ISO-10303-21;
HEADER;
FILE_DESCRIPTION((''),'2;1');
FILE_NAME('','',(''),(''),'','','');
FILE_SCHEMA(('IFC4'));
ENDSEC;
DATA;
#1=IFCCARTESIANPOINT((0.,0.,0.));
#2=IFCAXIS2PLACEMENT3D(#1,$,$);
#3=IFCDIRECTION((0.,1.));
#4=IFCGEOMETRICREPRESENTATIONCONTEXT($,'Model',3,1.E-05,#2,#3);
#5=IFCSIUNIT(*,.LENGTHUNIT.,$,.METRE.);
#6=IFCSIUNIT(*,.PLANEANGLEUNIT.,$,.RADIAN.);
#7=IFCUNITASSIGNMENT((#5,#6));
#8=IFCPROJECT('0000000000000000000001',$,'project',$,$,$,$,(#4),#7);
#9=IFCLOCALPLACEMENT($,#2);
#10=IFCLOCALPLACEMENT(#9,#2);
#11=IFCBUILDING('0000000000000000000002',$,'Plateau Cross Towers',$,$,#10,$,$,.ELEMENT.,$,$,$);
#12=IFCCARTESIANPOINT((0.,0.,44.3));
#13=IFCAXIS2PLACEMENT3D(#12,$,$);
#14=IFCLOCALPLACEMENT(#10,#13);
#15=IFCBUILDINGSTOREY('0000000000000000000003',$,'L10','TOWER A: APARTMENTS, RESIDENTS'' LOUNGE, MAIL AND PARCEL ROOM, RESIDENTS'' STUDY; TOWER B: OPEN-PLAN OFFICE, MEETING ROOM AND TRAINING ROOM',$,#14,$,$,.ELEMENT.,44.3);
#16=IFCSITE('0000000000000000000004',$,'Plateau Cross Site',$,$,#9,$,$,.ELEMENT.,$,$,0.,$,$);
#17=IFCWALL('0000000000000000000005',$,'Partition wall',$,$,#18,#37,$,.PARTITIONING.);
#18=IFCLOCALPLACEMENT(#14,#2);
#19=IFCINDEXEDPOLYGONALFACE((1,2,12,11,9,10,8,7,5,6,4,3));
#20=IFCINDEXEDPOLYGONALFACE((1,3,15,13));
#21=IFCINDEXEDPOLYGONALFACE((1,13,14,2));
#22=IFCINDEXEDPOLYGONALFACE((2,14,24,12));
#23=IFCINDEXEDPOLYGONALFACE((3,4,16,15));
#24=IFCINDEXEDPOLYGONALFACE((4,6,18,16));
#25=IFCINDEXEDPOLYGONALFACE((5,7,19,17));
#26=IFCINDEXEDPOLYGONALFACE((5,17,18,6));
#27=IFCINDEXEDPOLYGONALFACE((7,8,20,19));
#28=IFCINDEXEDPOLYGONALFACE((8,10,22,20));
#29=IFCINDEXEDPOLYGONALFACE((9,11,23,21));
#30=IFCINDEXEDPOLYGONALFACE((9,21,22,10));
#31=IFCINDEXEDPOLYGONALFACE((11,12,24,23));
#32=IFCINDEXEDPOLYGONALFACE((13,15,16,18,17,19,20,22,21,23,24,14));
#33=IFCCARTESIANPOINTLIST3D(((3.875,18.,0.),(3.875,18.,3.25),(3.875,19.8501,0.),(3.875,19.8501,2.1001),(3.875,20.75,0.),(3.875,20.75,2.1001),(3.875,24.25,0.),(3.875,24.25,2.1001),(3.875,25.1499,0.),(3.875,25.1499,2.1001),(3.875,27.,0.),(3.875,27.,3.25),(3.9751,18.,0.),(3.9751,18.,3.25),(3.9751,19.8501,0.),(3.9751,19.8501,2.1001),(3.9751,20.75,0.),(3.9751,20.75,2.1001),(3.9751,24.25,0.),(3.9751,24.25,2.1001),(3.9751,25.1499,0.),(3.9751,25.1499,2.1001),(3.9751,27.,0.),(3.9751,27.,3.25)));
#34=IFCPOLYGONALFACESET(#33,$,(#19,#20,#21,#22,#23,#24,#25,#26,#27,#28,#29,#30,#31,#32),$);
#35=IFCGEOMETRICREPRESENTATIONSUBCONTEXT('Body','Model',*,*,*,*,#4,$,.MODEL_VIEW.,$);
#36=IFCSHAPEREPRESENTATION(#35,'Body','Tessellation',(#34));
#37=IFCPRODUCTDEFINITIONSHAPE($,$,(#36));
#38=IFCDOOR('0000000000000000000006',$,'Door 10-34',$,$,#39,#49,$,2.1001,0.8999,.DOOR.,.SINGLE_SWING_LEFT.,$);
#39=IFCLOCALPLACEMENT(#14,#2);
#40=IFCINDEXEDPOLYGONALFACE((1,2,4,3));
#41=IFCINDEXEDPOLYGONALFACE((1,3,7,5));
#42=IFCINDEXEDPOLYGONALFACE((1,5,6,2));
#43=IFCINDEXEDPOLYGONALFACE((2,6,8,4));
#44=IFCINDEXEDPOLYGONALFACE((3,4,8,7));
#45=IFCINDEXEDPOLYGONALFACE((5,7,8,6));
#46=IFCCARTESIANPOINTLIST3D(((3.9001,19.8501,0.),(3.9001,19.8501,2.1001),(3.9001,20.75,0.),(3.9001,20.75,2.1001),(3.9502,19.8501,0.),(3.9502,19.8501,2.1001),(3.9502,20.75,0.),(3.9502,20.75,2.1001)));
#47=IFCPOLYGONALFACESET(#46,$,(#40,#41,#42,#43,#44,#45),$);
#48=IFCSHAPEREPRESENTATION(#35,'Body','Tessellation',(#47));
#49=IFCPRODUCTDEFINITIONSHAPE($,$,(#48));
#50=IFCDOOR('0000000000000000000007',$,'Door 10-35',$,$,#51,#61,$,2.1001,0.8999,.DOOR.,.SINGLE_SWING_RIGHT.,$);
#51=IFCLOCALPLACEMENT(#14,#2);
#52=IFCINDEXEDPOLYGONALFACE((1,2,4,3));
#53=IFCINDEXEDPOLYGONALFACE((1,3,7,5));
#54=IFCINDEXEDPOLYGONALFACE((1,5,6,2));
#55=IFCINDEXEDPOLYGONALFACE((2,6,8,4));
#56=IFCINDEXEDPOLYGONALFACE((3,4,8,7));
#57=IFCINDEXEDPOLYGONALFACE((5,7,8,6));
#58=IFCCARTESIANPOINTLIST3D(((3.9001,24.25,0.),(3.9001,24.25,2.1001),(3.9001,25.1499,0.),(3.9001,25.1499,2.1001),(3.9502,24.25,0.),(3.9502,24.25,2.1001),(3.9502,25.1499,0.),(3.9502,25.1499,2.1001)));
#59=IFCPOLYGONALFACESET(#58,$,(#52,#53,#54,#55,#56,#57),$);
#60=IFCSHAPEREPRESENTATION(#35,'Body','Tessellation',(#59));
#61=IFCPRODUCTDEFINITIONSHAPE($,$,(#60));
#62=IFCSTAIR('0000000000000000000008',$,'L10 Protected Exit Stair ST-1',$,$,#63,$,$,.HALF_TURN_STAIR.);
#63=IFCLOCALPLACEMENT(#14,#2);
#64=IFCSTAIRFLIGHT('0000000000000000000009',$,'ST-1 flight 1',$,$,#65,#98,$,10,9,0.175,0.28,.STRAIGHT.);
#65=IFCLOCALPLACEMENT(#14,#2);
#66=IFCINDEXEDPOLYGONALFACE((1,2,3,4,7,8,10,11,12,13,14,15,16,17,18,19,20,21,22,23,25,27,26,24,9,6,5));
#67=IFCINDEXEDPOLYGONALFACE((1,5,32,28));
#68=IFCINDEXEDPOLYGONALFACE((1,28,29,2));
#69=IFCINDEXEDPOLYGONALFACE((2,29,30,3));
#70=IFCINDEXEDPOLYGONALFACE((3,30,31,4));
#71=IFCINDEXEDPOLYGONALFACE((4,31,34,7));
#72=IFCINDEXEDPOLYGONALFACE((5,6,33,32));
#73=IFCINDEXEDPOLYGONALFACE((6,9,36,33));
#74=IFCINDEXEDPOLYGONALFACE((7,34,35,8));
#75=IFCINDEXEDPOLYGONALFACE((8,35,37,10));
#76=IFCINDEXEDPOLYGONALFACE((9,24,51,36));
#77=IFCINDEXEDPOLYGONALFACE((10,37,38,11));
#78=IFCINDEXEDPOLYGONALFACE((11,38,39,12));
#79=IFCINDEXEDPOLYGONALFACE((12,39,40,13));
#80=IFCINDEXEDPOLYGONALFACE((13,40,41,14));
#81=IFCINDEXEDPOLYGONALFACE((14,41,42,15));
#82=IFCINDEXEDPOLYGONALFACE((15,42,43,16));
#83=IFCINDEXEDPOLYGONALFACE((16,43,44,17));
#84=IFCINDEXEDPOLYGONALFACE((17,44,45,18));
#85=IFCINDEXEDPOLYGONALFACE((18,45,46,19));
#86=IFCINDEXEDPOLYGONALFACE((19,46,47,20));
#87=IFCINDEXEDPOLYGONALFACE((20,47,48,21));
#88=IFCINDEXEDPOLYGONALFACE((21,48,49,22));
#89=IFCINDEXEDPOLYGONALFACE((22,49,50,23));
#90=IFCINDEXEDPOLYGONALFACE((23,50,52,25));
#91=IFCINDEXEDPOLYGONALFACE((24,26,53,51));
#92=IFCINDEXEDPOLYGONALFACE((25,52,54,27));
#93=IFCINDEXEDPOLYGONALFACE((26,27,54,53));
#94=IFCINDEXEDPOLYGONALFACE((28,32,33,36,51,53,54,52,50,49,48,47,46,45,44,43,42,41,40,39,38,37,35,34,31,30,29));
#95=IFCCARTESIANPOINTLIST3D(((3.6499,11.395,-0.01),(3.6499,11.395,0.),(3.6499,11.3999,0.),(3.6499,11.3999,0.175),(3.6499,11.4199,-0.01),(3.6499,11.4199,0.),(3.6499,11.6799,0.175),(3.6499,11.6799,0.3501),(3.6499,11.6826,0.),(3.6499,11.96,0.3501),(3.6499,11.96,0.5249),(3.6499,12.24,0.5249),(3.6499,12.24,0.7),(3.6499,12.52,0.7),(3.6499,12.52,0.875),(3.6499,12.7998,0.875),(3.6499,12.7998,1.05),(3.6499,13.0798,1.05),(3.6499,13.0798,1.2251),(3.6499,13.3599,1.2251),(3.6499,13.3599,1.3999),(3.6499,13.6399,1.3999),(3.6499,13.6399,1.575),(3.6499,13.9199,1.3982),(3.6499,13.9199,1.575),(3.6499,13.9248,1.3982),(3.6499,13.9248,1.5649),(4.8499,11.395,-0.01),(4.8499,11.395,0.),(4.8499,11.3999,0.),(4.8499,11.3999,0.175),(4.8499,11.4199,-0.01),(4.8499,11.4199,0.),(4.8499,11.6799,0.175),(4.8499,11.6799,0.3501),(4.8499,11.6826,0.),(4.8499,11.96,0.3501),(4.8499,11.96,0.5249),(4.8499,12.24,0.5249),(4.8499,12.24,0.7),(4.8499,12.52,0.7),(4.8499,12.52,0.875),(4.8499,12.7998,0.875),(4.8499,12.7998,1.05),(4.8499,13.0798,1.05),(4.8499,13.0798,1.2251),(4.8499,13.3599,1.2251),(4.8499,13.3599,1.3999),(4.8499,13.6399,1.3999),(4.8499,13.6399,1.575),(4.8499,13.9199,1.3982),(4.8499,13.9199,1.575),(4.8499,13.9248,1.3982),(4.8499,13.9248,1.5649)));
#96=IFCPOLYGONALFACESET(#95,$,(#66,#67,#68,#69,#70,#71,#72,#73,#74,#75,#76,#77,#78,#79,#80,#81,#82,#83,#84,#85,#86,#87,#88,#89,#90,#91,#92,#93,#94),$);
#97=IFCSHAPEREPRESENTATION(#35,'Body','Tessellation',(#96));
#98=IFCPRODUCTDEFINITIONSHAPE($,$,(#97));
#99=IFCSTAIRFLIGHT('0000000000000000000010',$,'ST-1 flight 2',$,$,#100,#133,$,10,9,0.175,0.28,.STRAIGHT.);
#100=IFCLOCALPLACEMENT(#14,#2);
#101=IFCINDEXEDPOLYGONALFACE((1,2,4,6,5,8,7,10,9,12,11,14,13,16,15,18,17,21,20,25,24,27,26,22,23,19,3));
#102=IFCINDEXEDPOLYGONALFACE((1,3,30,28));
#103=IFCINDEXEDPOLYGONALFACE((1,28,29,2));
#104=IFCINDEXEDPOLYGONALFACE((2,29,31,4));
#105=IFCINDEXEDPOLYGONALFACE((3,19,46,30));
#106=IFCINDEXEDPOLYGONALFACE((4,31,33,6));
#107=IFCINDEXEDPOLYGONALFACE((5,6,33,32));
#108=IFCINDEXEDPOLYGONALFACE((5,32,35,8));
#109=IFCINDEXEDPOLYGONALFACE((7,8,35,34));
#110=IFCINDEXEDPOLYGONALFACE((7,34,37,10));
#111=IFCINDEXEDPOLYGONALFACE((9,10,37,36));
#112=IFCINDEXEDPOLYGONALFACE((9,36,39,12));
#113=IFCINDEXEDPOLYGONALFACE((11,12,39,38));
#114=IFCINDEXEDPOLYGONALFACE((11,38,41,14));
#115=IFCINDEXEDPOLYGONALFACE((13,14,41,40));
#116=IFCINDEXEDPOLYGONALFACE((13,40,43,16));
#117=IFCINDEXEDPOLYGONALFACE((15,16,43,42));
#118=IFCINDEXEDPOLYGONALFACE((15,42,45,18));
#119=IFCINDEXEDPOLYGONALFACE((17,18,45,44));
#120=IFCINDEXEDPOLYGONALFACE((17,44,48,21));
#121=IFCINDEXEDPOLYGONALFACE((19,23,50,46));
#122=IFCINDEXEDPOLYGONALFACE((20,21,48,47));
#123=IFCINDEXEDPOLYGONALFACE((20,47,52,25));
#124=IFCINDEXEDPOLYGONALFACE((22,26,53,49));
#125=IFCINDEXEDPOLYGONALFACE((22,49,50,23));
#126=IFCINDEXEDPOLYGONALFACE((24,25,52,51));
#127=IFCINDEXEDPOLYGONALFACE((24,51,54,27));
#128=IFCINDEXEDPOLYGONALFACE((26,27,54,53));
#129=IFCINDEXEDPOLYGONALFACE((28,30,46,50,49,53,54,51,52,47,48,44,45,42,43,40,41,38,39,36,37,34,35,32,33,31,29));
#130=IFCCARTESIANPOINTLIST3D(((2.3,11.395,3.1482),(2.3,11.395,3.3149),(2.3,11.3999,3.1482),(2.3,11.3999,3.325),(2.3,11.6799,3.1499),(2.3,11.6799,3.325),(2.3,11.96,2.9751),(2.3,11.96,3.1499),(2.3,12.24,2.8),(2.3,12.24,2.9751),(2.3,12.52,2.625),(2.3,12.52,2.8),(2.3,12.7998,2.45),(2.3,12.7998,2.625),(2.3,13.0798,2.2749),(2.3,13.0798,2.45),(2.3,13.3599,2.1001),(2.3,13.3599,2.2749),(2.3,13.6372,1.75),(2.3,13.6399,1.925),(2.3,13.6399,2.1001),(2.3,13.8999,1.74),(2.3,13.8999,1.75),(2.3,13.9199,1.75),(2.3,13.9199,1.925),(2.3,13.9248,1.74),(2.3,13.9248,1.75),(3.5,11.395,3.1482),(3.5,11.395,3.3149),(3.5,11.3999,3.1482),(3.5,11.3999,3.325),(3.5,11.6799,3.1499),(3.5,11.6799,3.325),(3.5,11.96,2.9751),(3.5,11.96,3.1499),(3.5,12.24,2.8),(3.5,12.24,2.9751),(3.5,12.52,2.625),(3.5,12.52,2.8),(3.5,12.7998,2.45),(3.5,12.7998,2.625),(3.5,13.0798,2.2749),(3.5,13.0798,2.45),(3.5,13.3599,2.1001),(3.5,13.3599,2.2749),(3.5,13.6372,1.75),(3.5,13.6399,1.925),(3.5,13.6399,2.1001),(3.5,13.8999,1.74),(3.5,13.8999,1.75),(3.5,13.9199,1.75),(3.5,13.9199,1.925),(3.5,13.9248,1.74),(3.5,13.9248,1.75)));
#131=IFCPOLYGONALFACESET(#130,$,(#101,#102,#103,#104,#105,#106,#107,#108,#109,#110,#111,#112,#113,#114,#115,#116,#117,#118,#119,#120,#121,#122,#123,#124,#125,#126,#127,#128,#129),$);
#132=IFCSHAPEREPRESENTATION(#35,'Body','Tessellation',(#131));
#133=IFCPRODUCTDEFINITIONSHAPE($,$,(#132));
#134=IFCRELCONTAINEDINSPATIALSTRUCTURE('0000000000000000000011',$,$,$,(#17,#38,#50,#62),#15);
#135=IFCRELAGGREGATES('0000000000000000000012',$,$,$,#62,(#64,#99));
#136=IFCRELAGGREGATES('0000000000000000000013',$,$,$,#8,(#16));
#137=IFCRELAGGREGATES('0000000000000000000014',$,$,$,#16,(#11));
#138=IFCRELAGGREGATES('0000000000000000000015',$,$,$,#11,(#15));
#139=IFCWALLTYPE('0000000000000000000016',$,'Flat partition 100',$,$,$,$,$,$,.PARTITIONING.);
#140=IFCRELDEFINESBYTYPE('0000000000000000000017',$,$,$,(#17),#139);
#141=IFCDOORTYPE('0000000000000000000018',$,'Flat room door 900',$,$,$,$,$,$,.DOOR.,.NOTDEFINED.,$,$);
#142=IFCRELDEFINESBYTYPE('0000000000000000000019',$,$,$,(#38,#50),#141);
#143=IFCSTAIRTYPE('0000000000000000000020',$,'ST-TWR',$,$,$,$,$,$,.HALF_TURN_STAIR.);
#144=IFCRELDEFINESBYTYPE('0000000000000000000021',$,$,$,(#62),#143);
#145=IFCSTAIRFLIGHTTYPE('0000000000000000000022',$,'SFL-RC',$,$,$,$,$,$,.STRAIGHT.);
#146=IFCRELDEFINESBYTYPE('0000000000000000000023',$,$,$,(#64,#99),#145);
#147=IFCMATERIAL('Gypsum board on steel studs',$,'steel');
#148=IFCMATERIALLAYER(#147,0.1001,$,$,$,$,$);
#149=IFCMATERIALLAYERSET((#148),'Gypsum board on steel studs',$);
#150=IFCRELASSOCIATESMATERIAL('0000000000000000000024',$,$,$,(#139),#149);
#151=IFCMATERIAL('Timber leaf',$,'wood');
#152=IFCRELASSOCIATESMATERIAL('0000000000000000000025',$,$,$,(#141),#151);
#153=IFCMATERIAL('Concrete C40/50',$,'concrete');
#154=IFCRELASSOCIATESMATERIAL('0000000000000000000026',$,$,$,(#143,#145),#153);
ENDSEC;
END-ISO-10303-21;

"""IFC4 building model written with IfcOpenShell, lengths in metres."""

from ifc_helpers import new_model, si_unit, direction, frame, frame_2d, origin, place, context, subcontext, project, spatial, polyline, rectangle, outline, extrude, material, layer, layer_set, type_object, element, fill, aggregate, save


model = new_model("IFC4")

# Units and contexts
model_context = context("Model", 3, precision=1e-05, world=origin(), true_north=direction((0.0, 1.0)))
body_context = subcontext(model_context, "Body", "Model", "MODEL_VIEW")
ifc_project = project(units=[si_unit("LENGTHUNIT", "METRE"), si_unit("PLANEANGLEUNIT", "RADIAN")], contexts=[model_context])

# Site, building, storey
site_placement = place(None, origin())
site = spatial("IfcSite", under=ifc_project, at=site_placement, Name="Plateau Cross Site", CompositionType="ELEMENT", RefElevation=0.0)
building_placement = place(site_placement, origin())
building = spatial("IfcBuilding", under=site, at=building_placement, Name="Plateau Cross Towers", CompositionType="ELEMENT")
storey_placement = place(building_placement, frame((0.0, 0.0, 44.3)))
storey = spatial("IfcBuildingStorey", under=building, at=storey_placement, Name="L10", Description="TOWER A: APARTMENTS, RESIDENTS' LOUNGE, MAIL AND PARCEL ROOM, RESIDENTS' STUDY; TOWER B: OPEN-PLAN OFFICE, MEETING ROOM AND TRAINING ROOM", CompositionType="ELEMENT", Elevation=44.3)

# Wall, openings, doors
ifc_material_1 = material(Name="Gypsum board on steel studs", Category="steel")
ifc_layer_1 = layer(ifc_material_1, 0.1001)
ifc_layer_set_1 = layer_set([ifc_layer_1], Name="Gypsum board on steel studs")
wall_type_1 = type_object("IfcWallType", Name="Flat partition 100", PredefinedType="PARTITIONING", material=ifc_layer_set_1)
wall_1_placement = place(storey_placement, frame((3.925, 18.0, 0.0), z_axis=(0.0, 0.0, 1.0), x_axis=(0.0, 1.0, 0.0)))
wall_1 = element("IfcWall", 1, at=wall_1_placement, inside=storey, type_object=wall_type_1, Name="Partition wall", PredefinedType="PARTITIONING", context=body_context, shape_type="SweptSolid", body=[
    extrude(rectangle(XDim=9.0, YDim=0.1001, at=frame_2d((4.5, 0.0))), origin(), (0.0, 0.0, 1.0), 3.25),
])
opening_1_placement = place(wall_1_placement, frame((1.8501, 0.0, 0.0)))
opening_1 = element("IfcOpeningElement", 2, at=opening_1_placement, cuts=wall_1, PredefinedType="OPENING", context=body_context, shape_type="SweptSolid", body=[
    extrude(rectangle(XDim=0.8999, YDim=2.1001, at=frame_2d((0.45, 1.05))), frame((0.0, 0.0601, 0.0), z_axis=(0.0, -1.0, 0.0), x_axis=(1.0, 0.0, 0.0)), (0.0, 0.0, 1.0), 0.1201),
])
opening_2_placement = place(wall_1_placement, frame((6.25, 0.0, 0.0)))
opening_2 = element("IfcOpeningElement", 3, at=opening_2_placement, cuts=wall_1, PredefinedType="OPENING", context=body_context, shape_type="SweptSolid", body=[
    extrude(rectangle(XDim=0.8999, YDim=2.1001, at=frame_2d((0.45, 1.05))), frame((0.0, 0.0601, 0.0), z_axis=(0.0, -1.0, 0.0), x_axis=(1.0, 0.0, 0.0)), (0.0, 0.0, 1.0), 0.1201),
])
ifc_material_2 = material(Name="Timber leaf", Category="wood")
door_type_1 = type_object("IfcDoorType", Name="Flat room door 900", OperationType="NOTDEFINED", PredefinedType="DOOR", material=ifc_material_2)
door_1_placement = place(opening_1_placement, origin())
door_1 = element("IfcDoor", 4, at=door_1_placement, inside=storey, type_object=door_type_1, Name="Door 10-34", OperationType="SINGLE_SWING_LEFT", OverallHeight=2.1001, OverallWidth=0.8999, PredefinedType="DOOR", context=body_context, shape_type="SweptSolid", body=[
    extrude(rectangle(XDim=0.8999, YDim=2.1001, at=frame_2d((0.45, 1.05))), frame((0.0, 0.0249, 0.0), z_axis=(0.0, -1.0, 0.0), x_axis=(1.0, 0.0, 0.0)), (0.0, 0.0, 1.0), 0.05),
])
fill(opening_1, door_1)
door_2_placement = place(opening_2_placement, origin())
door_2 = element("IfcDoor", 5, at=door_2_placement, inside=storey, type_object=door_type_1, Name="Door 10-35", OperationType="SINGLE_SWING_RIGHT", OverallHeight=2.1001, OverallWidth=0.8999, PredefinedType="DOOR", context=body_context, shape_type="SweptSolid", body=[
    extrude(rectangle(XDim=0.8999, YDim=2.1001, at=frame_2d((0.45, 1.05))), frame((0.0, 0.0249, 0.0), z_axis=(0.0, -1.0, 0.0), x_axis=(1.0, 0.0, 0.0)), (0.0, 0.0, 1.0), 0.05),
])
fill(opening_2, door_2)

# Stair, stair flights
ifc_material_3 = material(Name="Concrete C40/50", Category="concrete")
stair_type = type_object("IfcStairType", Name="ST-TWR", PredefinedType="HALF_TURN_STAIR", material=ifc_material_3)
stair_placement = place(storey_placement, origin())
stair = element("IfcStair", 6, at=stair_placement, inside=storey, type_object=stair_type, Name="L10 Protected Exit Stair ST-1", PredefinedType="HALF_TURN_STAIR")
stair_flight_type = type_object("IfcStairFlightType", Name="SFL-RC", PredefinedType="STRAIGHT", material=ifc_material_3)
stair_flight_1_placement = place(storey_placement, frame((4.25, 11.3999, 0.0), z_axis=(0.0, 0.0, 1.0), x_axis=(0.0, 1.0, 0.0)))
stair_flight_1 = element("IfcStairFlight", 7, at=stair_flight_1_placement, type_object=stair_flight_type, Name="ST-1 flight 1", NumberOfRisers=10, NumberOfTreads=9, PredefinedType="STRAIGHT", RiserHeight=0.175, TreadLength=0.28, context=body_context, shape_type="SweptSolid", body=[
    extrude(outline(polyline([(-0.0049, -0.01), (-0.0049, 0.0), (0.0, 0.0), (0.0, 0.175), (0.28, 0.175), (0.28, 0.3501), (0.5601, 0.3501), (0.5601, 0.5249), (0.8401, 0.5249), (0.8401, 0.7), (1.1201, 0.7), (1.1201, 0.875), (1.3999, 0.875), (1.3999, 1.05), (1.6799, 1.05), (1.6799, 1.2251), (1.96, 1.2251), (1.96, 1.3999), (2.24, 1.3999), (2.24, 1.575), (2.52, 1.575), (2.5249, 1.5649), (2.5249, 1.3982), (2.52, 1.3982), (0.2827, 0.0), (0.02, 0.0), (0.02, -0.01), (-0.0049, -0.01)])), frame((0.0, 0.6001, 0.0), z_axis=(0.0, -1.0, 0.0), x_axis=(1.0, 0.0, 0.0)), (0.0, 0.0, 1.0), 1.2),
])
stair_flight_2_placement = place(storey_placement, frame((2.8999, 13.9199, 1.75), z_axis=(0.0, 0.0, 1.0), x_axis=(0.0, -1.0, 0.0)))
stair_flight_2 = element("IfcStairFlight", 8, at=stair_flight_2_placement, type_object=stair_flight_type, Name="ST-1 flight 2", NumberOfRisers=10, NumberOfTreads=9, PredefinedType="STRAIGHT", RiserHeight=0.175, TreadLength=0.28, context=body_context, shape_type="SweptSolid", body=[
    extrude(outline(polyline([(-0.0049, -0.01), (-0.0049, 0.0), (0.0, 0.0), (0.0, 0.175), (0.28, 0.175), (0.28, 0.3501), (0.5601, 0.3501), (0.5601, 0.5249), (0.8401, 0.5249), (0.8401, 0.7), (1.1201, 0.7), (1.1201, 0.875), (1.3999, 0.875), (1.3999, 1.05), (1.6799, 1.05), (1.6799, 1.2251), (1.96, 1.2251), (1.96, 1.3999), (2.24, 1.3999), (2.24, 1.575), (2.52, 1.575), (2.5249, 1.5649), (2.5249, 1.3982), (2.52, 1.3982), (0.2827, 0.0), (0.02, 0.0), (0.02, -0.01), (-0.0049, -0.01)])), frame((0.0, 0.6001, 0.0), z_axis=(0.0, -1.0, 0.0), x_axis=(1.0, 0.0, 0.0)), (0.0, 0.0, 1.0), 1.2),
])
aggregate(stair, [stair_flight_1, stair_flight_2])

save(model, "model.ifc")
